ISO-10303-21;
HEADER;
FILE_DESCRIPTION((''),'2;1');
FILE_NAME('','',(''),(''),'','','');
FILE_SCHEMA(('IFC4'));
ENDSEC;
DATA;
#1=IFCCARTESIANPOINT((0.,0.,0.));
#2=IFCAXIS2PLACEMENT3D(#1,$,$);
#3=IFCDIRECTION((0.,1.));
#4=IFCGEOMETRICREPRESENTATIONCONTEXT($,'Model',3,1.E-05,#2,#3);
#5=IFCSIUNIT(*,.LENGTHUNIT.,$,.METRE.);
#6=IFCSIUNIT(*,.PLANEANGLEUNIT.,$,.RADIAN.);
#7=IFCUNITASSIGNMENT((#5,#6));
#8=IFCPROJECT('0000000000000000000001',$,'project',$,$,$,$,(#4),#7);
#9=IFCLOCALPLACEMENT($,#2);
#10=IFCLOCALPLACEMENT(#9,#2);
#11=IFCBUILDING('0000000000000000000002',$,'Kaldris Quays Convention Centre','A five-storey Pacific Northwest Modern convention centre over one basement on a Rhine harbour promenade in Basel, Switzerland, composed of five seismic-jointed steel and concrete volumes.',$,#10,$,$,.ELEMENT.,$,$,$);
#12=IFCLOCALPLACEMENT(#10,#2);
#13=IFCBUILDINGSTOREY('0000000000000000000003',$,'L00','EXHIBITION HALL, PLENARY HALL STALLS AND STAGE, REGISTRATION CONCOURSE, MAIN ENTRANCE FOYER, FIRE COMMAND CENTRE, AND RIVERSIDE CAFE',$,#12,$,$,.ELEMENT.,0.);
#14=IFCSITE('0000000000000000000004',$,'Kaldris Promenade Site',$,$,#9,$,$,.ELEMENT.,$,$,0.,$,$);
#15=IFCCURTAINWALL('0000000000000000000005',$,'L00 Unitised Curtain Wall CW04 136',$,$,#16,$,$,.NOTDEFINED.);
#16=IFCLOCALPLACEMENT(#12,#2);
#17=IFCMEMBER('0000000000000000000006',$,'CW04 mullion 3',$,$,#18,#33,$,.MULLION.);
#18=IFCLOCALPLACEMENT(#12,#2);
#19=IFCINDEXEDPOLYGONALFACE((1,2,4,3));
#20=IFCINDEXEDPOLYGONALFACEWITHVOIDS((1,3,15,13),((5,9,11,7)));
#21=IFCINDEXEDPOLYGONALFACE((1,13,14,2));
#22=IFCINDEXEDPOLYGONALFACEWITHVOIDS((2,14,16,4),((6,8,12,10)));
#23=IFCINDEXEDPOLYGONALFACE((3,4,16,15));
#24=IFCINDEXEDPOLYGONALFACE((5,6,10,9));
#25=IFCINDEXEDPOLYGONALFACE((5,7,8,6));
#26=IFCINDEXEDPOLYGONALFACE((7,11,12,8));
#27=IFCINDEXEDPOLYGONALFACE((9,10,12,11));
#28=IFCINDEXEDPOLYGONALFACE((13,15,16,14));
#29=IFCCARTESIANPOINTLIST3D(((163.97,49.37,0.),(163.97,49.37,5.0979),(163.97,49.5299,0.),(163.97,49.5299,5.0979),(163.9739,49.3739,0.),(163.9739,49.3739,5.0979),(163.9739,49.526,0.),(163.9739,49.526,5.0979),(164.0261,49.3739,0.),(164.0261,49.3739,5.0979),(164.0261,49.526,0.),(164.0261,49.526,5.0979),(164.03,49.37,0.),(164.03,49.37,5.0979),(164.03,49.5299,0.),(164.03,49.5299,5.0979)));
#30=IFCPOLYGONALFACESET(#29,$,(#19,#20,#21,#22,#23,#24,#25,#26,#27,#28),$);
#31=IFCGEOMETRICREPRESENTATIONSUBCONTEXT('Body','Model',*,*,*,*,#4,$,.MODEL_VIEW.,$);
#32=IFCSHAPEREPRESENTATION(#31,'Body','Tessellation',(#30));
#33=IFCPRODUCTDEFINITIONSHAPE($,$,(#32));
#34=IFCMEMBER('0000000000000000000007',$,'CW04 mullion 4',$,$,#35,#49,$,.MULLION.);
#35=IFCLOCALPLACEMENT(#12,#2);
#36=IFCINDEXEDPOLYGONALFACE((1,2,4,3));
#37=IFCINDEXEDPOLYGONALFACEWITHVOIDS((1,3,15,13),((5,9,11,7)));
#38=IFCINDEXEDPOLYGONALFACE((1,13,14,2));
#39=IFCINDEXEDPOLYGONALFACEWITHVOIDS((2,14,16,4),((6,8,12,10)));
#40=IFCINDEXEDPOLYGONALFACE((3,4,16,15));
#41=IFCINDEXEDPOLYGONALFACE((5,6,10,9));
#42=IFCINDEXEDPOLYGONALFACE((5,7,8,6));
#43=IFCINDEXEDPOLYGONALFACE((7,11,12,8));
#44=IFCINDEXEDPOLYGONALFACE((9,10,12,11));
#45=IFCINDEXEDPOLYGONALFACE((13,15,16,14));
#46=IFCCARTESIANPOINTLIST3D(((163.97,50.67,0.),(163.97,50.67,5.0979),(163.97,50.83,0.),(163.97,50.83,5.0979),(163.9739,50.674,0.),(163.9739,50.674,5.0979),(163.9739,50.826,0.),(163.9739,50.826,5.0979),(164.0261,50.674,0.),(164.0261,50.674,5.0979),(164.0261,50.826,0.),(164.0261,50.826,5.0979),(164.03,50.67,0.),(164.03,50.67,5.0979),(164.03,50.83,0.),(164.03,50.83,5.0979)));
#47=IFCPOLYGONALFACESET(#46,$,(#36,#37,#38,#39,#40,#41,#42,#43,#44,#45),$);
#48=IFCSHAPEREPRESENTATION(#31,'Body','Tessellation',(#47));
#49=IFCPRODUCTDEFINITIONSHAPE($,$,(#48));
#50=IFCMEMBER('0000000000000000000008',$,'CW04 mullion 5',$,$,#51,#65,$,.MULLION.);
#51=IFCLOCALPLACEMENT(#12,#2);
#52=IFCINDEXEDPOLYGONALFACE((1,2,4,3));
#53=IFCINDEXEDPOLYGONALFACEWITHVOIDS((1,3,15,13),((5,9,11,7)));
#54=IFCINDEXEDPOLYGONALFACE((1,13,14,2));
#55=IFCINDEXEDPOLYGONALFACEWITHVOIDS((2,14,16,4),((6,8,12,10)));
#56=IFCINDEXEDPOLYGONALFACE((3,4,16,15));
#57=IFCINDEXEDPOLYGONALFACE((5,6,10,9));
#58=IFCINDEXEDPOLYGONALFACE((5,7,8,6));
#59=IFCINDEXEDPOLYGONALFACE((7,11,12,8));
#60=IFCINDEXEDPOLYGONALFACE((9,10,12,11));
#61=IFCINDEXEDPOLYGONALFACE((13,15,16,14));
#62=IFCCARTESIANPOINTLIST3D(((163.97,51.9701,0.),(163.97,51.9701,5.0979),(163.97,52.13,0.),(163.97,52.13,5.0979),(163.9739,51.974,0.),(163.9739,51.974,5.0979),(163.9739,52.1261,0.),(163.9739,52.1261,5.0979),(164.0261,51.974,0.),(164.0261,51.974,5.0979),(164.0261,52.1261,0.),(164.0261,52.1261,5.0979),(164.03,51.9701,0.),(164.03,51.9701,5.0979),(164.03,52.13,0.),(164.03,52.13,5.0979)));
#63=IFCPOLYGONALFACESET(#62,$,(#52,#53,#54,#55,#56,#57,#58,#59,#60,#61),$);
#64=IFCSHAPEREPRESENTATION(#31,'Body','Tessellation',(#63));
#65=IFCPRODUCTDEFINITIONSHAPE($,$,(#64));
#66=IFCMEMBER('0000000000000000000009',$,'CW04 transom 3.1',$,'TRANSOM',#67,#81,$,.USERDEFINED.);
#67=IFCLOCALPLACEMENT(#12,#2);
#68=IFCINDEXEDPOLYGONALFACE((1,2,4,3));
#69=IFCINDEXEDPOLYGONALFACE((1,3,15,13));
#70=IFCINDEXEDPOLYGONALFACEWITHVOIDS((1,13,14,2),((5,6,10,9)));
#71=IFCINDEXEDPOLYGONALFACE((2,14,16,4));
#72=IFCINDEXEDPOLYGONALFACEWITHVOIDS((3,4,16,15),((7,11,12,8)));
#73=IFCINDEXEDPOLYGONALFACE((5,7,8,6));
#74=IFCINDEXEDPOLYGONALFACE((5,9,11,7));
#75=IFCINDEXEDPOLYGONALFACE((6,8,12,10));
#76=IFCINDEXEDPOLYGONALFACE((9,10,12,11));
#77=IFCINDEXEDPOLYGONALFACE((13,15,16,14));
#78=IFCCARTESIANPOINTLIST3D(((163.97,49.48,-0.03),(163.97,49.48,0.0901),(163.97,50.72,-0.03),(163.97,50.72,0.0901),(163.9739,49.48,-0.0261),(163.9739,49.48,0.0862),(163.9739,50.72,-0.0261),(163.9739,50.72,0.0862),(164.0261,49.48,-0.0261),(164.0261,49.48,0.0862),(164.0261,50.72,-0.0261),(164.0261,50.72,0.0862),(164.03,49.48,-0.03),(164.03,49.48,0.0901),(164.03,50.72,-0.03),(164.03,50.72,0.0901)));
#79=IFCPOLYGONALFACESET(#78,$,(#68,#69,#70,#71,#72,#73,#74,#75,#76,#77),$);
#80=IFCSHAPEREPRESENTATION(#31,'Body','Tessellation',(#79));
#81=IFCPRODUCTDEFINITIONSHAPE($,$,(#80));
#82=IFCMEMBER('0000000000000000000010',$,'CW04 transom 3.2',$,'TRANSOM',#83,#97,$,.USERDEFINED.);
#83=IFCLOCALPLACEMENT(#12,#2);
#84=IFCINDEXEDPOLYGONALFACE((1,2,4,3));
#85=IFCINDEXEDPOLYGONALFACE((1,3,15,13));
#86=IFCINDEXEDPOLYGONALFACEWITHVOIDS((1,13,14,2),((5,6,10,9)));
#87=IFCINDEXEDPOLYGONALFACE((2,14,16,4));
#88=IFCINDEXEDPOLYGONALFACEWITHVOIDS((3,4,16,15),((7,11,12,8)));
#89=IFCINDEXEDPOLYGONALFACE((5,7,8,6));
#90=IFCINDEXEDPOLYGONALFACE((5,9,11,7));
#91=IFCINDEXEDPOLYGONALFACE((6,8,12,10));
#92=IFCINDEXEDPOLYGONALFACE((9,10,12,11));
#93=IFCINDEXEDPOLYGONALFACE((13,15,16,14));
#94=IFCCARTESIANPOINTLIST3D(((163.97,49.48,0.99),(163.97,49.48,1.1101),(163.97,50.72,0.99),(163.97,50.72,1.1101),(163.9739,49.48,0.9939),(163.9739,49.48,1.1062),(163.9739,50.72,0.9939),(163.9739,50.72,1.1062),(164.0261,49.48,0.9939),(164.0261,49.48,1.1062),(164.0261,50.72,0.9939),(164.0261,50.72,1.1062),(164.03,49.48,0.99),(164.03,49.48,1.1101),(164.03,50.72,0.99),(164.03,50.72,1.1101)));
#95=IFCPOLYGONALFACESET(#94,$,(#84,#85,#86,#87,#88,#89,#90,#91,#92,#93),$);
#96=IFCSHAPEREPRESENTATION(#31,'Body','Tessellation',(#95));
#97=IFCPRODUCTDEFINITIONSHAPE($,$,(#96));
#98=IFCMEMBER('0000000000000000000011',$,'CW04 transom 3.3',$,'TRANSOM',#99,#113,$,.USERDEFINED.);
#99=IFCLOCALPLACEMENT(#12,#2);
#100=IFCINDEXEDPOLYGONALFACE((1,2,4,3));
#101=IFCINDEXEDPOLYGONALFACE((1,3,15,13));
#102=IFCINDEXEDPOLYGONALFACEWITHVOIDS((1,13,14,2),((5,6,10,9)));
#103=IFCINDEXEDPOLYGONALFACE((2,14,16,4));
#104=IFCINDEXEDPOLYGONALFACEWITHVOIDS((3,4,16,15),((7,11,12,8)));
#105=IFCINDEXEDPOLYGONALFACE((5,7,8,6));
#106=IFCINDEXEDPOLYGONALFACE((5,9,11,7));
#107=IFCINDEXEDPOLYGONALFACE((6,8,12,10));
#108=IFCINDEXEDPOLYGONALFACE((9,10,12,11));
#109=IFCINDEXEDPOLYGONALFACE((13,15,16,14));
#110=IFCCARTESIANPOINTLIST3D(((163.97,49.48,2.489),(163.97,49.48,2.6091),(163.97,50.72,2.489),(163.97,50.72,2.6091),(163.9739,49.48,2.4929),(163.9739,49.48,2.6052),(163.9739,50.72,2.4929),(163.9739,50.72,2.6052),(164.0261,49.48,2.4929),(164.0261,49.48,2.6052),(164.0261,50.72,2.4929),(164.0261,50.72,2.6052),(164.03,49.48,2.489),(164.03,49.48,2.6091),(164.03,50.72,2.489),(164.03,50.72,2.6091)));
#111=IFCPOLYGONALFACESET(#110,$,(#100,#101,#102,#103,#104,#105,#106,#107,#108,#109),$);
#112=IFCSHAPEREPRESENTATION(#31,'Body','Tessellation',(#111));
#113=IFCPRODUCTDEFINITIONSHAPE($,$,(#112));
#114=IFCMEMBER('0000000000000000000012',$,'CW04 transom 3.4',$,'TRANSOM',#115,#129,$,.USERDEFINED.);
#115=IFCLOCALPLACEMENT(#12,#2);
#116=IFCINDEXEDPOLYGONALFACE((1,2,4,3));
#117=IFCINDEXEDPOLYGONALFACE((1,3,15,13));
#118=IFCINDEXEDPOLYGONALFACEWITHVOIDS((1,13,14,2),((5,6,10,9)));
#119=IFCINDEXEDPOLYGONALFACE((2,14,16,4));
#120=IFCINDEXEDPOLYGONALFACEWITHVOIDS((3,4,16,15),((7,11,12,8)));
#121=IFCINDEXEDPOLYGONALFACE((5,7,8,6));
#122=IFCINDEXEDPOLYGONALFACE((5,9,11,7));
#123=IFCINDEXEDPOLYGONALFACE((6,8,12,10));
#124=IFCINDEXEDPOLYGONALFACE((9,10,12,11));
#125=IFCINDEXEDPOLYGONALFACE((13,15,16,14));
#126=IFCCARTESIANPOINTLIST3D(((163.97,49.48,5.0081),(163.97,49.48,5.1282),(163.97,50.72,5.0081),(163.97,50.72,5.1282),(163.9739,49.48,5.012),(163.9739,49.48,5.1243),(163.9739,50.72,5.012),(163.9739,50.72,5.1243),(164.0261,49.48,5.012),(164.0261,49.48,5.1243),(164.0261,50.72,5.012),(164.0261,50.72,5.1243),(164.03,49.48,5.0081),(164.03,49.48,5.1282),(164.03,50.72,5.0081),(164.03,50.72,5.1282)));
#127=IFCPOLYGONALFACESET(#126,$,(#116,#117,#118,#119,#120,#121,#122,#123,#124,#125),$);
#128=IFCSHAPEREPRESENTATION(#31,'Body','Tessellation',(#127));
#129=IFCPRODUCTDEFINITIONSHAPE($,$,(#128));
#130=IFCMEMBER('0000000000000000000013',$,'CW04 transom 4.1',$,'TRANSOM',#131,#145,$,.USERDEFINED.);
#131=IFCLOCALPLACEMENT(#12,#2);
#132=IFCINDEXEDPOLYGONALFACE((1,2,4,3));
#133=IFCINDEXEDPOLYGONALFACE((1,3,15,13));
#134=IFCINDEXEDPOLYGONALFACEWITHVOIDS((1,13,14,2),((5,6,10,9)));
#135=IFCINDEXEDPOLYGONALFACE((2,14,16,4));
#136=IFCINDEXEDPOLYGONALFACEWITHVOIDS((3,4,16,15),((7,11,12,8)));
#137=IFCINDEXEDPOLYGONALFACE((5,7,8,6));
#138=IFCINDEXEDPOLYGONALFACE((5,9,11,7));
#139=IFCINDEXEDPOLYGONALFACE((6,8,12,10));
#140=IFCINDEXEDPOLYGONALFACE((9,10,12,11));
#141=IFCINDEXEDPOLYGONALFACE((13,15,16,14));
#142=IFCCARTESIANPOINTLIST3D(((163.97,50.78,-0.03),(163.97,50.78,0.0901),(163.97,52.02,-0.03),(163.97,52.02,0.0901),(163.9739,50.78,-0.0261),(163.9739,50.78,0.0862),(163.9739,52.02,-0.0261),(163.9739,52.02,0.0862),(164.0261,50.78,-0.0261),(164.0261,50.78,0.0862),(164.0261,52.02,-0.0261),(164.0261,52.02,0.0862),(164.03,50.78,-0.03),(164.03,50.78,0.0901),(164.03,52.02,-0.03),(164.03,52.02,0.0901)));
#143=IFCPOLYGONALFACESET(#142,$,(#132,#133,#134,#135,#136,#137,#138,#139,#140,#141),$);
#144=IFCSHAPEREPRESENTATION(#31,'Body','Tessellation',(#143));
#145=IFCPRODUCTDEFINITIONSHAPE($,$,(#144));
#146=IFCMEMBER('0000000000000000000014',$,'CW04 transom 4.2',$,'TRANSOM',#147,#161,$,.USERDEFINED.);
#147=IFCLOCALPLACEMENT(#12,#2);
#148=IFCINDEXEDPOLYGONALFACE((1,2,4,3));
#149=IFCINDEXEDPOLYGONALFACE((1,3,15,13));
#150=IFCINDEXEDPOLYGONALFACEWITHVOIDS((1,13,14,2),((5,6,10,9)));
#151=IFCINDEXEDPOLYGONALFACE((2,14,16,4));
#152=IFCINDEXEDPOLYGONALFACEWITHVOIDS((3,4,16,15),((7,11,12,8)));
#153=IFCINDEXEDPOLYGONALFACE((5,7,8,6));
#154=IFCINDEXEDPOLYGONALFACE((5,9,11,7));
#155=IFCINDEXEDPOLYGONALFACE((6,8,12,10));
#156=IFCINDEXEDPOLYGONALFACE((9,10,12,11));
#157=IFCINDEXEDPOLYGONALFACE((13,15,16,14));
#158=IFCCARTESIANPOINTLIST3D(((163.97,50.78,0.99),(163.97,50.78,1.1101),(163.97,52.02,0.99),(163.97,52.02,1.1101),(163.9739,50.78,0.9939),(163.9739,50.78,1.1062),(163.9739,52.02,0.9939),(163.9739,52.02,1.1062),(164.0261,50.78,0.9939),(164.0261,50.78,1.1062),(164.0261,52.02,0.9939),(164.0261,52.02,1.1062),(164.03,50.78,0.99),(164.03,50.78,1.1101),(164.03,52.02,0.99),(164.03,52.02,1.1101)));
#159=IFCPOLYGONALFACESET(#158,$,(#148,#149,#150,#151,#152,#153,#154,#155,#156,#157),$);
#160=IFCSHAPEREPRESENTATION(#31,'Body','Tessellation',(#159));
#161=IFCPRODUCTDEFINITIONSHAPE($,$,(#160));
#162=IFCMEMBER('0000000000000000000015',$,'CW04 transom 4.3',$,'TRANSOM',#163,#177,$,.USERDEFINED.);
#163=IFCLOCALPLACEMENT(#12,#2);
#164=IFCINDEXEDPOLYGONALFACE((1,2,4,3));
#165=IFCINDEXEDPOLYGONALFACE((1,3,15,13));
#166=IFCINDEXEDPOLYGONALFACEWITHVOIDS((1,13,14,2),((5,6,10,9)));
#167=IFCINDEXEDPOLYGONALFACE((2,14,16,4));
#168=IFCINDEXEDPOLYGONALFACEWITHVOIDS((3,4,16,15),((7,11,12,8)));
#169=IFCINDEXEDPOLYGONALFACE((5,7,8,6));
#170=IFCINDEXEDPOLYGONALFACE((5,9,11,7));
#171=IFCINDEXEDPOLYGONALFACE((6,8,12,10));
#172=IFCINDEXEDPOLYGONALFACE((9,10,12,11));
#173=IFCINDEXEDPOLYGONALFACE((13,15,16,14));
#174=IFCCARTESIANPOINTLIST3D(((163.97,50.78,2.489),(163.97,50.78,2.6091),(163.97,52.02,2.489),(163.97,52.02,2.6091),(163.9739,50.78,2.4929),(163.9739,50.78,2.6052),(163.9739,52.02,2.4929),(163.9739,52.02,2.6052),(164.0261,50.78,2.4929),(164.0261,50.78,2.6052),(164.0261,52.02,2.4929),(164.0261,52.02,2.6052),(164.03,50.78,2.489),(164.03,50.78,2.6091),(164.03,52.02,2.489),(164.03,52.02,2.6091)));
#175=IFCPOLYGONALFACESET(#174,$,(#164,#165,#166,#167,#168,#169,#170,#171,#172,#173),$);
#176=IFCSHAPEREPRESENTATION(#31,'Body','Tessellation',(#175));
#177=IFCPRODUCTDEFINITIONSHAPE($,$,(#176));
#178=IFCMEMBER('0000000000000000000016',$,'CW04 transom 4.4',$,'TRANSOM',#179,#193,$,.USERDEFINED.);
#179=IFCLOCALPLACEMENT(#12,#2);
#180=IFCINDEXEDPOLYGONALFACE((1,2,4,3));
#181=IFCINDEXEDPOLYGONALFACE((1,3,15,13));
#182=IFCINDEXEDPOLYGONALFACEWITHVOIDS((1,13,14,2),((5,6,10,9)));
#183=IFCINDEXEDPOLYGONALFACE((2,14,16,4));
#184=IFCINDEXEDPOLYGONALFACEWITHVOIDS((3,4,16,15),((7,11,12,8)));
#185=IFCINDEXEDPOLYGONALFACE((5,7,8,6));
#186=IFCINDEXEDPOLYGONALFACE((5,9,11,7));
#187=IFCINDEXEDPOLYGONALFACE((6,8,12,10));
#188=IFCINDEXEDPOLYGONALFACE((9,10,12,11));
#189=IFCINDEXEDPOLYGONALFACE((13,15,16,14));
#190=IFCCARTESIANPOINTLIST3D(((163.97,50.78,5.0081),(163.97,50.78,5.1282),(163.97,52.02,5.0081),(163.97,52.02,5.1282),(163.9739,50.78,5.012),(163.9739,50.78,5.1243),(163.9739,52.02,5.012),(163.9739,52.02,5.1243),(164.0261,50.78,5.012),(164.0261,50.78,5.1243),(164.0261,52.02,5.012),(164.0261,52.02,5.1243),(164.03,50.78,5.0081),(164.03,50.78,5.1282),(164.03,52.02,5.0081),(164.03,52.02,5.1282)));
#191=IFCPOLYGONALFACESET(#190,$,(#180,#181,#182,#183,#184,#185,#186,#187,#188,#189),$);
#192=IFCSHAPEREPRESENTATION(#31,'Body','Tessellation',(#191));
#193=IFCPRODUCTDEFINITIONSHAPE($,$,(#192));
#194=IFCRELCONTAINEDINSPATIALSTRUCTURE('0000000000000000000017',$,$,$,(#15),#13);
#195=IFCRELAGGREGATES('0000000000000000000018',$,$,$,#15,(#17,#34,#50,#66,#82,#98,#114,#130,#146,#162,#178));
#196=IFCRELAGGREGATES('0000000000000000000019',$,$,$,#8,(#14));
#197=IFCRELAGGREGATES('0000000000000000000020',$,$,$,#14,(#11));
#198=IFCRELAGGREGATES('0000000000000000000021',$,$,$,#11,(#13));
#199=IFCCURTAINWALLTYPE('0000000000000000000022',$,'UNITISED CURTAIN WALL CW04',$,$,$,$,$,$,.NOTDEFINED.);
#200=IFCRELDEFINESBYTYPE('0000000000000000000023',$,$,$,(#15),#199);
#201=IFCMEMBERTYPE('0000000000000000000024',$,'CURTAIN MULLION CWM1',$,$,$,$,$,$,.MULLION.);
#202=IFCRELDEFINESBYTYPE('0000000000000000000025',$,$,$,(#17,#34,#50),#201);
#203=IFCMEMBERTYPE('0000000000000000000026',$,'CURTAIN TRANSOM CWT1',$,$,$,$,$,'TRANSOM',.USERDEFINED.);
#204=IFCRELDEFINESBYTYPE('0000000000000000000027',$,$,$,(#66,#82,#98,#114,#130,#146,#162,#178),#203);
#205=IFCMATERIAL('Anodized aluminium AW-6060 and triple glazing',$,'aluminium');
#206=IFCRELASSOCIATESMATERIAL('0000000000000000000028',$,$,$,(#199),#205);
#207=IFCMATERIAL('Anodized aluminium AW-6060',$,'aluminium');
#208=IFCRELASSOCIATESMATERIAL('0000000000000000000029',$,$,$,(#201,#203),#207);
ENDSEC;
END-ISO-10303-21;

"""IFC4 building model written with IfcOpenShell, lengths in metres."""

from ifc_helpers import new_model, si_unit, direction, frame, origin, origin_2d, place, context, subcontext, project, spatial, hollow_rectangle, extrude, material, material_profile, profile_set, type_object, element, aggregate, save


model = new_model("IFC4")

# Units and contexts
model_context = context("Model", 3, precision=1e-05, world=origin(), true_north=direction((0.0, 1.0)))
body_context = subcontext(model_context, "Body", "Model", "MODEL_VIEW")
ifc_project = project(units=[si_unit("LENGTHUNIT", "METRE"), si_unit("PLANEANGLEUNIT", "RADIAN")], contexts=[model_context])

# Site, building, storey
site_placement = place(None, origin())
site = spatial("IfcSite", under=ifc_project, at=site_placement, Name="Kaldris Promenade Site", CompositionType="ELEMENT", RefElevation=0.0)
building_placement = place(site_placement, origin())
building = spatial("IfcBuilding", under=site, at=building_placement, Name="Kaldris Quays Convention Centre", Description="A five-storey Pacific Northwest Modern convention centre over one basement on a Rhine harbour promenade in Basel, Switzerland, composed of five seismic-jointed steel and concrete volumes.", CompositionType="ELEMENT")
storey_placement = place(building_placement, origin())
storey = spatial("IfcBuildingStorey", under=building, at=storey_placement, Name="L00", Description="EXHIBITION HALL, PLENARY HALL STALLS AND STAGE, REGISTRATION CONCOURSE, MAIN ENTRANCE FOYER, FIRE COMMAND CENTRE, AND RIVERSIDE CAFE", CompositionType="ELEMENT", Elevation=0.0)

# Curtain wall, members
ifc_material_1 = material(Name="Anodized aluminium AW-6060 and triple glazing", Category="aluminium")
curtain_wall_type = type_object("IfcCurtainWallType", Name="UNITISED CURTAIN WALL CW04", PredefinedType="NOTDEFINED", material=ifc_material_1)
curtain_wall_placement = place(storey_placement, origin())
curtain_wall = element("IfcCurtainWall", 1, at=curtain_wall_placement, inside=storey, type_object=curtain_wall_type, Name="L00 Unitised Curtain Wall CW04 136", PredefinedType="NOTDEFINED")
ifc_material_2 = material(Name="Anodized aluminium AW-6060", Category="aluminium")
ifc_material_profile_1 = material_profile(ifc_material_2, hollow_rectangle(XDim=0.0601, YDim=0.1599, WallThickness=0.0039, at=origin_2d()), Name="RHS 160x60x4")
ifc_profile_set_1 = profile_set([ifc_material_profile_1], Name="Anodized aluminium AW-6060")
member_type_1 = type_object("IfcMemberType", Name="CURTAIN MULLION CWM1", PredefinedType="MULLION", material=ifc_profile_set_1)
member_1_placement = place(storey_placement, frame((164.0, 49.45, 0.0), z_axis=(0.0, 0.0, 1.0), x_axis=(-1.0, 0.0, 0.0)))
member_1 = element("IfcMember", 2, at=member_1_placement, type_object=member_type_1, Name="CW04 mullion 3", PredefinedType="MULLION", context=body_context, shape_type="SweptSolid", body=[
    extrude(hollow_rectangle(XDim=0.0601, YDim=0.1599, WallThickness=0.0039, at=origin_2d()), origin(), (0.0, 0.0, 1.0), 5.0979),
])
member_2_placement = place(storey_placement, frame((164.0, 50.75, 0.0), z_axis=(0.0, 0.0, 1.0), x_axis=(-1.0, 0.0, 0.0)))
member_2 = element("IfcMember", 3, at=member_2_placement, type_object=member_type_1, Name="CW04 mullion 4", PredefinedType="MULLION", context=body_context, shape_type="SweptSolid", body=[
    extrude(hollow_rectangle(XDim=0.0601, YDim=0.1599, WallThickness=0.0039, at=origin_2d()), origin(), (0.0, 0.0, 1.0), 5.0979),
])
member_3_placement = place(storey_placement, frame((164.0, 52.05, 0.0), z_axis=(0.0, 0.0, 1.0), x_axis=(-1.0, 0.0, 0.0)))
member_3 = element("IfcMember", 4, at=member_3_placement, type_object=member_type_1, Name="CW04 mullion 5", PredefinedType="MULLION", context=body_context, shape_type="SweptSolid", body=[
    extrude(hollow_rectangle(XDim=0.0601, YDim=0.1599, WallThickness=0.0039, at=origin_2d()), origin(), (0.0, 0.0, 1.0), 5.0979),
])
ifc_material_profile_2 = material_profile(ifc_material_2, hollow_rectangle(XDim=0.0601, YDim=0.1201, WallThickness=0.0039, at=origin_2d()), Name="RHS 120x60x4")
ifc_profile_set_2 = profile_set([ifc_material_profile_2], Name="Anodized aluminium AW-6060")
member_type_2 = type_object("IfcMemberType", Name="CURTAIN TRANSOM CWT1", ElementType="TRANSOM", PredefinedType="USERDEFINED", material=ifc_profile_set_2)
member_4_placement = place(storey_placement, frame((164.0, 49.48, 0.03), z_axis=(0.0, 1.0, 0.0), x_axis=(-1.0, 0.0, 0.0)))
member_4 = element("IfcMember", 5, at=member_4_placement, type_object=member_type_2, Name="CW04 transom 3.1", ObjectType="TRANSOM", PredefinedType="USERDEFINED", context=body_context, shape_type="SweptSolid", body=[
    extrude(hollow_rectangle(XDim=0.0601, YDim=0.1201, WallThickness=0.0039, at=origin_2d()), origin(), (0.0, 0.0, 1.0), 1.24),
])
member_5_placement = place(storey_placement, frame((164.0, 49.48, 1.05), z_axis=(0.0, 1.0, 0.0), x_axis=(-1.0, 0.0, 0.0)))
member_5 = element("IfcMember", 6, at=member_5_placement, type_object=member_type_2, Name="CW04 transom 3.2", ObjectType="TRANSOM", PredefinedType="USERDEFINED", context=body_context, shape_type="SweptSolid", body=[
    extrude(hollow_rectangle(XDim=0.0601, YDim=0.1201, WallThickness=0.0039, at=origin_2d()), origin(), (0.0, 0.0, 1.0), 1.24),
])
member_6_placement = place(storey_placement, frame((164.0, 49.48, 2.5491), z_axis=(0.0, 1.0, 0.0), x_axis=(-1.0, 0.0, 0.0)))
member_6 = element("IfcMember", 7, at=member_6_placement, type_object=member_type_2, Name="CW04 transom 3.3", ObjectType="TRANSOM", PredefinedType="USERDEFINED", context=body_context, shape_type="SweptSolid", body=[
    extrude(hollow_rectangle(XDim=0.0601, YDim=0.1201, WallThickness=0.0039, at=origin_2d()), origin(), (0.0, 0.0, 1.0), 1.24),
])
member_7_placement = place(storey_placement, frame((164.0, 49.48, 5.0681), z_axis=(0.0, 1.0, 0.0), x_axis=(-1.0, 0.0, 0.0)))
member_7 = element("IfcMember", 8, at=member_7_placement, type_object=member_type_2, Name="CW04 transom 3.4", ObjectType="TRANSOM", PredefinedType="USERDEFINED", context=body_context, shape_type="SweptSolid", body=[
    extrude(hollow_rectangle(XDim=0.0601, YDim=0.1201, WallThickness=0.0039, at=origin_2d()), origin(), (0.0, 0.0, 1.0), 1.24),
])
member_8_placement = place(storey_placement, frame((164.0, 50.78, 0.03), z_axis=(0.0, 1.0, 0.0), x_axis=(-1.0, 0.0, 0.0)))
member_8 = element("IfcMember", 9, at=member_8_placement, type_object=member_type_2, Name="CW04 transom 4.1", ObjectType="TRANSOM", PredefinedType="USERDEFINED", context=body_context, shape_type="SweptSolid", body=[
    extrude(hollow_rectangle(XDim=0.0601, YDim=0.1201, WallThickness=0.0039, at=origin_2d()), origin(), (0.0, 0.0, 1.0), 1.24),
])
member_9_placement = place(storey_placement, frame((164.0, 50.78, 1.05), z_axis=(0.0, 1.0, 0.0), x_axis=(-1.0, 0.0, 0.0)))
member_9 = element("IfcMember", 10, at=member_9_placement, type_object=member_type_2, Name="CW04 transom 4.2", ObjectType="TRANSOM", PredefinedType="USERDEFINED", context=body_context, shape_type="SweptSolid", body=[
    extrude(hollow_rectangle(XDim=0.0601, YDim=0.1201, WallThickness=0.0039, at=origin_2d()), origin(), (0.0, 0.0, 1.0), 1.24),
])
member_10_placement = place(storey_placement, frame((164.0, 50.78, 2.5491), z_axis=(0.0, 1.0, 0.0), x_axis=(-1.0, 0.0, 0.0)))
member_10 = element("IfcMember", 11, at=member_10_placement, type_object=member_type_2, Name="CW04 transom 4.3", ObjectType="TRANSOM", PredefinedType="USERDEFINED", context=body_context, shape_type="SweptSolid", body=[
    extrude(hollow_rectangle(XDim=0.0601, YDim=0.1201, WallThickness=0.0039, at=origin_2d()), origin(), (0.0, 0.0, 1.0), 1.24),
])
member_11_placement = place(storey_placement, frame((164.0, 50.78, 5.0681), z_axis=(0.0, 1.0, 0.0), x_axis=(-1.0, 0.0, 0.0)))
member_11 = element("IfcMember", 12, at=member_11_placement, type_object=member_type_2, Name="CW04 transom 4.4", ObjectType="TRANSOM", PredefinedType="USERDEFINED", context=body_context, shape_type="SweptSolid", body=[
    extrude(hollow_rectangle(XDim=0.0601, YDim=0.1201, WallThickness=0.0039, at=origin_2d()), origin(), (0.0, 0.0, 1.0), 1.24),
])
aggregate(curtain_wall, [member_1, member_2, member_3, member_4, member_5, member_6, member_7, member_8, member_9, member_10, member_11])

save(model, "model.ifc")
